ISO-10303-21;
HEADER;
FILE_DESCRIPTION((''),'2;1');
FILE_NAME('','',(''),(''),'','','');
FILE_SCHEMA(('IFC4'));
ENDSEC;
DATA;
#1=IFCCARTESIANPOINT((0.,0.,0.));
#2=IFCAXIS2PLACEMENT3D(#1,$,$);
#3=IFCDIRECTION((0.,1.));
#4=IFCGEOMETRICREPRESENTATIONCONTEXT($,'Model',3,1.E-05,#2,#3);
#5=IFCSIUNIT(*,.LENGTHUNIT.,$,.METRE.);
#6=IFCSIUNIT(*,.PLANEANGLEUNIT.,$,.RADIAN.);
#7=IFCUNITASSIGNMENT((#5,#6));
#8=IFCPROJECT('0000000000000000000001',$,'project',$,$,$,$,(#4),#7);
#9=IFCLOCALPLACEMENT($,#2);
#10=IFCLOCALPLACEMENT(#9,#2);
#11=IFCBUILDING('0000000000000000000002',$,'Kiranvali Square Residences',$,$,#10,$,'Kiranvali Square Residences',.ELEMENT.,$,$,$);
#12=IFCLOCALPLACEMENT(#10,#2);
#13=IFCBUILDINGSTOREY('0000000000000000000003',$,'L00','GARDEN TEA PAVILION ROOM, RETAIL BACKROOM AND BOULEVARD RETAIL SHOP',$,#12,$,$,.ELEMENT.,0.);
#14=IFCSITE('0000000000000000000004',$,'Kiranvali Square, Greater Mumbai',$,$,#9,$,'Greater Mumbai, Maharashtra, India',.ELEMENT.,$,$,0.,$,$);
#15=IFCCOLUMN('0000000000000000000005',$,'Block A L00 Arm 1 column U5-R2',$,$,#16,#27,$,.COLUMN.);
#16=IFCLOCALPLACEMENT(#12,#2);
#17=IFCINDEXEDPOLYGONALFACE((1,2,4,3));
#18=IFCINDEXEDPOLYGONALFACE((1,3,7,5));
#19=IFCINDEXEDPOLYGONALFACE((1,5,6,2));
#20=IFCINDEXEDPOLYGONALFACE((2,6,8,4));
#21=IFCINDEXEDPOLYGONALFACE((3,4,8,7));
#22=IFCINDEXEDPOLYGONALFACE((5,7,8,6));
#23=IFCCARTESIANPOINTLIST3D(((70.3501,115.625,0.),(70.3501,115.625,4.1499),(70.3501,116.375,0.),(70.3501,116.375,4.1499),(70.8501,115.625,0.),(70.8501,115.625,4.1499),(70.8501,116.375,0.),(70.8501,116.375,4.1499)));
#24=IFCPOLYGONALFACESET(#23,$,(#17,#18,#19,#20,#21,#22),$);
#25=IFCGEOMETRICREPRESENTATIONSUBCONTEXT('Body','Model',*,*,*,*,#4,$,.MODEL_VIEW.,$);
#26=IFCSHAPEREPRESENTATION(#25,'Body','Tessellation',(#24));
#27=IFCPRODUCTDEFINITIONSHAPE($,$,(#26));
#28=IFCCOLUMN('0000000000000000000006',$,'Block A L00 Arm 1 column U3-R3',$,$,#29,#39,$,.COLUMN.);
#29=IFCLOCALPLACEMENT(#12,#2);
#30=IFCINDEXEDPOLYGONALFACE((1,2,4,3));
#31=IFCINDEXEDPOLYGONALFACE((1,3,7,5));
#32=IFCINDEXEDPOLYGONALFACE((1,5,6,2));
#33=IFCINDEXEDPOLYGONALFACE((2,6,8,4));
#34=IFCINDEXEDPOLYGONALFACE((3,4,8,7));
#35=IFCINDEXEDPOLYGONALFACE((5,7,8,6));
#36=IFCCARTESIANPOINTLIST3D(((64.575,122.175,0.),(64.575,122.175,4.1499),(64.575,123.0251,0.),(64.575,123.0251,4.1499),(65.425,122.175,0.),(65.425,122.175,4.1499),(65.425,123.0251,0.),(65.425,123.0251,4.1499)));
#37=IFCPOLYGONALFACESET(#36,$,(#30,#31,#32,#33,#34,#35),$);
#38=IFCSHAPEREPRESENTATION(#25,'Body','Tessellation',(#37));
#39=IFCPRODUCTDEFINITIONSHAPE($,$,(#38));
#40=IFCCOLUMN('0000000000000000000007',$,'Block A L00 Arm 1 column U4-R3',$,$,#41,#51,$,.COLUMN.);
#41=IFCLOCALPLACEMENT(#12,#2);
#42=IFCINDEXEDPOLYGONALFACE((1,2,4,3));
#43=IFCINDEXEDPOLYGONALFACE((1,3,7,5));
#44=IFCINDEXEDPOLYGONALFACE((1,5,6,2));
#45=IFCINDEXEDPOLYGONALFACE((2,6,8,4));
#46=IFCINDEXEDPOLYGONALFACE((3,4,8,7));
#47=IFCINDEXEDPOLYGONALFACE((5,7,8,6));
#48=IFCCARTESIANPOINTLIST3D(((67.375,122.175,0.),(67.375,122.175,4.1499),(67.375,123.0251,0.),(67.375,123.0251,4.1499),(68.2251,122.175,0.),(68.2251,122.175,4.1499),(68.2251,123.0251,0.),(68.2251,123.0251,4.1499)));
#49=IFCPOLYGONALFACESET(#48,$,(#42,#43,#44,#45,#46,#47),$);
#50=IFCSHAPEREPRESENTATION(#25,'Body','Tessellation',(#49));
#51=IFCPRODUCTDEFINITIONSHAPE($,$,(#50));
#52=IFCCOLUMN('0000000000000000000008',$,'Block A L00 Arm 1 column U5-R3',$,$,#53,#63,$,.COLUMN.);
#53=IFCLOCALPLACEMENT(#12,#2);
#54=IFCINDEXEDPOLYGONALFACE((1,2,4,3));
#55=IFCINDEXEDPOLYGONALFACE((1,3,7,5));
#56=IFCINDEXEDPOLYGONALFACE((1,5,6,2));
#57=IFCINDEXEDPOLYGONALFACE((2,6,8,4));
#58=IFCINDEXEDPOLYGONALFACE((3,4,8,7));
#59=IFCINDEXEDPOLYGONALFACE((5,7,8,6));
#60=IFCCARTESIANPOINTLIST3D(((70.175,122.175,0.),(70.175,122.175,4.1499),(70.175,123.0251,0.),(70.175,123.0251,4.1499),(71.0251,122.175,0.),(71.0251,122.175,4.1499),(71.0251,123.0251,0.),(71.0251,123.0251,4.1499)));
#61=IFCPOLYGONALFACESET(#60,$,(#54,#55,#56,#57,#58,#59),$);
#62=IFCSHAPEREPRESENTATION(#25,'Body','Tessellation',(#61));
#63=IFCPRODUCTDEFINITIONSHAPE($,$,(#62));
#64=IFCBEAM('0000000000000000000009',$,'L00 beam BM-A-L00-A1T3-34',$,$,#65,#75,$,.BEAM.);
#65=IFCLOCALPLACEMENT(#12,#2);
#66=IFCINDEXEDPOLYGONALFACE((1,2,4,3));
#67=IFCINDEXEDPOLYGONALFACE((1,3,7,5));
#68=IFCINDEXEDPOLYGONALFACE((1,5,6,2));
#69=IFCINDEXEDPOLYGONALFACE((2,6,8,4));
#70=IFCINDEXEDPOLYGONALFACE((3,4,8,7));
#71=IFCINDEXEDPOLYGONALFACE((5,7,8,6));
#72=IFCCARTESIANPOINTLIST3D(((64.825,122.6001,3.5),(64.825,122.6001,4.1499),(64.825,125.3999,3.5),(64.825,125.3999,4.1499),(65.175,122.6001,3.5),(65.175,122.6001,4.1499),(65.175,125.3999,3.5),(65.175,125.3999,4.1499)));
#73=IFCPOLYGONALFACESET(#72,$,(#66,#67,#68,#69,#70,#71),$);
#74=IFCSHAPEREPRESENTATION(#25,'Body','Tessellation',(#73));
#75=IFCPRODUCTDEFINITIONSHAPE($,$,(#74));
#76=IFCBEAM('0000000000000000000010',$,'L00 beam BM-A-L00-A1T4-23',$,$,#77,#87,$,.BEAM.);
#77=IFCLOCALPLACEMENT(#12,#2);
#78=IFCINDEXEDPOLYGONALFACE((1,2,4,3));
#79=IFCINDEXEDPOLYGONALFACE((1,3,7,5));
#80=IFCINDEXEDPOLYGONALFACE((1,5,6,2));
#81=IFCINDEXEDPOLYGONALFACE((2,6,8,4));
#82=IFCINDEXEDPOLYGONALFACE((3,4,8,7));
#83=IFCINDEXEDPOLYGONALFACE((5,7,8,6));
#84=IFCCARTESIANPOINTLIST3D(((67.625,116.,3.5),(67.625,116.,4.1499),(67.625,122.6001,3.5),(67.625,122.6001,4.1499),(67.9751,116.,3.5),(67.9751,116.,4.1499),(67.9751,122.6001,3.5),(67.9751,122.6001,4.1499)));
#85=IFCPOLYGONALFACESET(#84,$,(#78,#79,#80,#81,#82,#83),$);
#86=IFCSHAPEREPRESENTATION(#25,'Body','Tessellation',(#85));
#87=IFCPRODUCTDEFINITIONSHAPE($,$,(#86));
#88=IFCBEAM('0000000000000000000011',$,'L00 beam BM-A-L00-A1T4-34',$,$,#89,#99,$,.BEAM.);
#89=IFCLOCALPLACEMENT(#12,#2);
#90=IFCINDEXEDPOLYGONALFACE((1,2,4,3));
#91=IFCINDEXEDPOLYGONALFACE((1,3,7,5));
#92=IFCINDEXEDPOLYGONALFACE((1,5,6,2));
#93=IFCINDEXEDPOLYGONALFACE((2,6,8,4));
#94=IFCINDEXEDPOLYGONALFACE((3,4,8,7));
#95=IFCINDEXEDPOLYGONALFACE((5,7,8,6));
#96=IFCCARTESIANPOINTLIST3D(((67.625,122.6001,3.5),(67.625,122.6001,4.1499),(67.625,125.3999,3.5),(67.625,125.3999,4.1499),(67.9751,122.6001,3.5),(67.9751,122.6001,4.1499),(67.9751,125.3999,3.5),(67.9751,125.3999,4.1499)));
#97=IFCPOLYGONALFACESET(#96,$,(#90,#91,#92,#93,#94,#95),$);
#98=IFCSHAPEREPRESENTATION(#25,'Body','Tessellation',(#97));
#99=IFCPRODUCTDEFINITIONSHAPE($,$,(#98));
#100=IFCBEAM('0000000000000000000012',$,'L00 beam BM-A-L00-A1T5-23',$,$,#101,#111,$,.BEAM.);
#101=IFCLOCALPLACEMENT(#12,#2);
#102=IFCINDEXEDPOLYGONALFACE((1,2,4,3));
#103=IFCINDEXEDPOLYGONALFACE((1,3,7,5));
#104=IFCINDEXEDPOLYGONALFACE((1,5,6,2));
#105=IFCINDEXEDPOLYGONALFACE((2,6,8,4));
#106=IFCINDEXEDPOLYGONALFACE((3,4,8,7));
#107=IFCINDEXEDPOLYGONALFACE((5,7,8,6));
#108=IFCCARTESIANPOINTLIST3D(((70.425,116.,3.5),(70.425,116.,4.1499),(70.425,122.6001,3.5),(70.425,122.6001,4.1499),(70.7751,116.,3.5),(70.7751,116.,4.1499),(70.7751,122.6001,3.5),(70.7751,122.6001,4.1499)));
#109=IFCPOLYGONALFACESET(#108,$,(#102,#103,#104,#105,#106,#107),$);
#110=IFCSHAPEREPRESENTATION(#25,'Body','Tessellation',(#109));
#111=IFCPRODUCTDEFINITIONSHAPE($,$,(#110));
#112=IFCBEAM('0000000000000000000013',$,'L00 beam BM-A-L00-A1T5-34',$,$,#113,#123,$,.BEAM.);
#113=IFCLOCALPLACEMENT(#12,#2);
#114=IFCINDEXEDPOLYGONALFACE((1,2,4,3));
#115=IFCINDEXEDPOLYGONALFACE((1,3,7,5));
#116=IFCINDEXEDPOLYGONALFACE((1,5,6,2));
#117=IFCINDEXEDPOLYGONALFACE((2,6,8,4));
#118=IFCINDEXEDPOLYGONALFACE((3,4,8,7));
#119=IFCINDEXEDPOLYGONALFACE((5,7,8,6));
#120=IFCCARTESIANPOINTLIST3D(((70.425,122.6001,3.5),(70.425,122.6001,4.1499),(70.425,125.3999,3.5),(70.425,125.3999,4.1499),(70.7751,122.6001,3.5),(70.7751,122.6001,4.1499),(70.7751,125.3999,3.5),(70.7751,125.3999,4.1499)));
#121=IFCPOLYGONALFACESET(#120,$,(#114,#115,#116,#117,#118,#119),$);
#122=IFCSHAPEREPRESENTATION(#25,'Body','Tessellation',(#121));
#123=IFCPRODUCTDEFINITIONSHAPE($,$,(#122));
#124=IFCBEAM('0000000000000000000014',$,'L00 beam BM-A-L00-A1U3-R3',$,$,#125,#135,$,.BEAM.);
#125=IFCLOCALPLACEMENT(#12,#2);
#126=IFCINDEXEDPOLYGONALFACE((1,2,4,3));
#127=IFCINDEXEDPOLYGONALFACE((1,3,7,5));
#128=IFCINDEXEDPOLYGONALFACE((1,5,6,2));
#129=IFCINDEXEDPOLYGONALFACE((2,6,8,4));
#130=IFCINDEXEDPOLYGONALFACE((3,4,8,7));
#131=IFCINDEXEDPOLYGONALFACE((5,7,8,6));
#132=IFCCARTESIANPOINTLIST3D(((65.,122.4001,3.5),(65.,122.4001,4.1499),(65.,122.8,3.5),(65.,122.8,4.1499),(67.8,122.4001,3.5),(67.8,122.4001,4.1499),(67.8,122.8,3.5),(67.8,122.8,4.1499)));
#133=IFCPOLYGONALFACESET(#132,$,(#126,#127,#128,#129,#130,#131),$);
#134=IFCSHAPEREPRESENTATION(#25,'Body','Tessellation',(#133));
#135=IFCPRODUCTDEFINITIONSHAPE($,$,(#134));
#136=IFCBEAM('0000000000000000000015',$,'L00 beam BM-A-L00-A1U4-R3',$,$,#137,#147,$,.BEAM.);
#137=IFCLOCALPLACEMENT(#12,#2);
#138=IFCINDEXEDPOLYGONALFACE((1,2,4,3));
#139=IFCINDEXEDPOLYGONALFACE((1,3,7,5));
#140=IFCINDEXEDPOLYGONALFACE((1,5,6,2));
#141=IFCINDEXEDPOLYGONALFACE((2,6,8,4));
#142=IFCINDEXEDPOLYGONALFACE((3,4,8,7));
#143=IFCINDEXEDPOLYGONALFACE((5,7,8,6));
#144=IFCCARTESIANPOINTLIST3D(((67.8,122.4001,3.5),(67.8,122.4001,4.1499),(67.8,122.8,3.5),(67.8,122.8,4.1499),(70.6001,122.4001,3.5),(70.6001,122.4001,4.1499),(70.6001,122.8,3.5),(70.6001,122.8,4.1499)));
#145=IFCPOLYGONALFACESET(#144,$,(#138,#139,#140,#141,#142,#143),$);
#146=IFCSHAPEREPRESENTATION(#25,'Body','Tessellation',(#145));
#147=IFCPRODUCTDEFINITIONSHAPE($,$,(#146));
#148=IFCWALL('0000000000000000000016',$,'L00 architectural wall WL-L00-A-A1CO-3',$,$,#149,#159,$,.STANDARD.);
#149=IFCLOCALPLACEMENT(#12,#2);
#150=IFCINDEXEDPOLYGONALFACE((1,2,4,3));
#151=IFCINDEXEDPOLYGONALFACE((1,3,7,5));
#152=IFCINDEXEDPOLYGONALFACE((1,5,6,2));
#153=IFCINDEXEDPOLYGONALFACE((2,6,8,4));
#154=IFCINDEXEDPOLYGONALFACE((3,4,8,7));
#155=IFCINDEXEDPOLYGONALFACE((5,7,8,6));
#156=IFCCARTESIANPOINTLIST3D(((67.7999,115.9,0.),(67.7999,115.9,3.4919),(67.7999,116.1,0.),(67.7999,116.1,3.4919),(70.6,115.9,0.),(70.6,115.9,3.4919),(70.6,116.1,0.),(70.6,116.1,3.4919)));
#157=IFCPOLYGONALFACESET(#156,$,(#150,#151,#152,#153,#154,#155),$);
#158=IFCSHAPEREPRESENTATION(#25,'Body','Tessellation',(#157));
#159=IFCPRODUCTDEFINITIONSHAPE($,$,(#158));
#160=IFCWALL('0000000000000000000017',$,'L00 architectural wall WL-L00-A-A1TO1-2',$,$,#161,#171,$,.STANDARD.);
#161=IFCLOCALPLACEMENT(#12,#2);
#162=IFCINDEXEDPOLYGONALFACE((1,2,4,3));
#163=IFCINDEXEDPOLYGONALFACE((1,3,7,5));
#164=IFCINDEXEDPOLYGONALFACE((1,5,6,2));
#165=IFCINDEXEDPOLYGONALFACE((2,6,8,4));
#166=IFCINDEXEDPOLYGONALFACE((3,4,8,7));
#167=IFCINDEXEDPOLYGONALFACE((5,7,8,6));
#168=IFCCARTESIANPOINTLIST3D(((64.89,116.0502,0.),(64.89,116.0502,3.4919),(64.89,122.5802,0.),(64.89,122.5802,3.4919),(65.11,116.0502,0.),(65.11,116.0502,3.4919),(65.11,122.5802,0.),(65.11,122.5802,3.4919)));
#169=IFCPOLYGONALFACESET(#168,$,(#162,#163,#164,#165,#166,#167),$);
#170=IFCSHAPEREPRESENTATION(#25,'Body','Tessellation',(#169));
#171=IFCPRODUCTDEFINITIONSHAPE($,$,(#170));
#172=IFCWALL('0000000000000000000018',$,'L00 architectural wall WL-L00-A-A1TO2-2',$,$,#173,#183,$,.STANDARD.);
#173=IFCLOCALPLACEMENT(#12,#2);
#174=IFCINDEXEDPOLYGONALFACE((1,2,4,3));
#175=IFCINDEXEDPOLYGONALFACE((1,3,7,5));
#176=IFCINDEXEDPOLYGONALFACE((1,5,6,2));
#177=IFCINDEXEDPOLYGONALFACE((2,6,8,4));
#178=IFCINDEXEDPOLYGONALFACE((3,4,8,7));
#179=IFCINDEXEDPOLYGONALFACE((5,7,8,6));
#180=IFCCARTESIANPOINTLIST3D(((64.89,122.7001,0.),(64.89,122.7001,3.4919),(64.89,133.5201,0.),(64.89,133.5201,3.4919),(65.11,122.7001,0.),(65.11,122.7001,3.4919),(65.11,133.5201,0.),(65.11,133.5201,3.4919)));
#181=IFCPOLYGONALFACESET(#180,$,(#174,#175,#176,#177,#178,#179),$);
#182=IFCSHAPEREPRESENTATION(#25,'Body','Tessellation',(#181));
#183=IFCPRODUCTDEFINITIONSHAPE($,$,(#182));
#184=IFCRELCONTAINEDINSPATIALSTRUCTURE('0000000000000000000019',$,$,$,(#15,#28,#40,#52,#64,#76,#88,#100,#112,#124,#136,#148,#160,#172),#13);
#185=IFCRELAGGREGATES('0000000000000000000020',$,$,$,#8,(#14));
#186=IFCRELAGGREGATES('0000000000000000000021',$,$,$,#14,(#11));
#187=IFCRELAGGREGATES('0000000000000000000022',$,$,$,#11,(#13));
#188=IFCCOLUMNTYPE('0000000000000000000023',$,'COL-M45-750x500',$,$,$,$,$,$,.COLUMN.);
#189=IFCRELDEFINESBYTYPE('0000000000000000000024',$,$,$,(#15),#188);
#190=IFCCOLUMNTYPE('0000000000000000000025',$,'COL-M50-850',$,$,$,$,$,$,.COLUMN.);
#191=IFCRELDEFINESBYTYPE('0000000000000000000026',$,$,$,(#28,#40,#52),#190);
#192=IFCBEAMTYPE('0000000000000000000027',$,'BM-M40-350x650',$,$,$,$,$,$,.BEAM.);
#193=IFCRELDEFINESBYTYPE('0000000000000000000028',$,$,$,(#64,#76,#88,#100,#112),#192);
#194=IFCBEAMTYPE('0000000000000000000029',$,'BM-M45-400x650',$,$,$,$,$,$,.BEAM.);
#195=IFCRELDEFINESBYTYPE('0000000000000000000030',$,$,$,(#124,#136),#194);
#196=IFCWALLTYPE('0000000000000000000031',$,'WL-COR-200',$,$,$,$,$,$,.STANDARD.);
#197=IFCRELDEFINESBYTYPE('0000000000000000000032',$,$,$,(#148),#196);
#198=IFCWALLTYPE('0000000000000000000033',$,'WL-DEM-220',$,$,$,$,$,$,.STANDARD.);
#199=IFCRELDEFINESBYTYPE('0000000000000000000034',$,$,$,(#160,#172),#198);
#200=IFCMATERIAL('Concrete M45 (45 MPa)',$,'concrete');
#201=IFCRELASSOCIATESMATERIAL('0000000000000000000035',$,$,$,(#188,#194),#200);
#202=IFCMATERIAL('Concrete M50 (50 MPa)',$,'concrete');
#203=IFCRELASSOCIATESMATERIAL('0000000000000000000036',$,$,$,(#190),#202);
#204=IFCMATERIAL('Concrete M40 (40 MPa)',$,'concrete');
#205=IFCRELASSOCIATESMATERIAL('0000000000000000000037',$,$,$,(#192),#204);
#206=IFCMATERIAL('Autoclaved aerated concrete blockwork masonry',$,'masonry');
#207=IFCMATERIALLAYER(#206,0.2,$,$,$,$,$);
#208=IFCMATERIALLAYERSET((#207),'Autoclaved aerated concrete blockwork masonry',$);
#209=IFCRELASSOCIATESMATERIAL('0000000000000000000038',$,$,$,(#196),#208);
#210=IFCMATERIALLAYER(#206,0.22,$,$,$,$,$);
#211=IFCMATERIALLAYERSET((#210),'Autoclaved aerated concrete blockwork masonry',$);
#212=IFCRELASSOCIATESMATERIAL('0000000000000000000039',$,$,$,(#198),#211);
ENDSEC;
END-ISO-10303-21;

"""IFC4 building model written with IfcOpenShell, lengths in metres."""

from ifc_helpers import new_model, si_unit, direction, frame, frame_2d, origin, origin_2d, place, context, subcontext, project, spatial, rectangle, extrude, material, layer, layer_set, material_profile, profile_set, type_object, element, save


model = new_model("IFC4")

# Units and contexts
model_context = context("Model", 3, precision=1e-05, world=origin(), true_north=direction((0.0, 1.0)))
body_context = subcontext(model_context, "Body", "Model", "MODEL_VIEW")
ifc_project = project(units=[si_unit("LENGTHUNIT", "METRE"), si_unit("PLANEANGLEUNIT", "RADIAN")], contexts=[model_context])

# Site, building, storey
site_placement = place(None, origin())
site = spatial("IfcSite", under=ifc_project, at=site_placement, Name="Kiranvali Square, Greater Mumbai", LongName="Greater Mumbai, Maharashtra, India", CompositionType="ELEMENT", RefElevation=0.0)
building_placement = place(site_placement, origin())
building = spatial("IfcBuilding", under=site, at=building_placement, Name="Kiranvali Square Residences", LongName="Kiranvali Square Residences", CompositionType="ELEMENT")
storey_placement = place(building_placement, origin())
storey = spatial("IfcBuildingStorey", under=building, at=storey_placement, Name="L00", Description="GARDEN TEA PAVILION ROOM, RETAIL BACKROOM AND BOULEVARD RETAIL SHOP", CompositionType="ELEMENT", Elevation=0.0)

# Columns
ifc_material_1 = material(Name="Concrete M45 (45 MPa)", Category="concrete")
ifc_material_profile_1 = material_profile(ifc_material_1, rectangle(XDim=0.5, YDim=0.75, at=origin_2d()), Name="RC 750x500")
ifc_profile_set_1 = profile_set([ifc_material_profile_1], Name="Concrete M45 (45 MPa)")
column_type_1 = type_object("IfcColumnType", Name="COL-M45-750x500", PredefinedType="COLUMN", material=ifc_profile_set_1)
column_placement = place(storey_placement, frame((70.6001, 116.0, 0.0), z_axis=(0.0, 0.0, 1.0), x_axis=(1.0, 0.0, 0.0)))
element("IfcColumn", 1, at=column_placement, inside=storey, type_object=column_type_1, Name="Block A L00 Arm 1 column U5-R2", PredefinedType="COLUMN", context=body_context, shape_type="SweptSolid", body=[
    extrude(rectangle(XDim=0.5, YDim=0.75, at=origin_2d()), origin(), (0.0, 0.0, 1.0), 4.1499),
])
ifc_material_2 = material(Name="Concrete M50 (50 MPa)", Category="concrete")
ifc_material_profile_2 = material_profile(ifc_material_2, rectangle(XDim=0.8501, YDim=0.8501, at=origin_2d()), Name="RC 850x850")
ifc_profile_set_2 = profile_set([ifc_material_profile_2], Name="Concrete M50 (50 MPa)")
column_type_2 = type_object("IfcColumnType", Name="COL-M50-850", PredefinedType="COLUMN", material=ifc_profile_set_2)
for number, where, z_axis, x_axis, name in (
    (2, (65.0, 122.6001, 0.0), (0.0, 0.0, 1.0), (1.0, 0.0, 0.0), "Block A L00 Arm 1 column U3-R3"),
    (3, (67.8, 122.6001, 0.0), (0.0, 0.0, 1.0), (1.0, 0.0, 0.0), "Block A L00 Arm 1 column U4-R3"),
    (4, (70.6001, 122.6001, 0.0), (0.0, 0.0, 1.0), (1.0, 0.0, 0.0), "Block A L00 Arm 1 column U5-R3"),
):
    element("IfcColumn", number, at=place(storey_placement, frame(where, z_axis=z_axis, x_axis=x_axis)), inside=storey, type_object=column_type_2, Name=name, PredefinedType="COLUMN", context=body_context, shape_type="SweptSolid", body=[
        extrude(rectangle(XDim=0.8501, YDim=0.8501, at=origin_2d()), origin(), (0.0, 0.0, 1.0), 4.1499),
    ])

# Beams
ifc_material_3 = material(Name="Concrete M40 (40 MPa)", Category="concrete")
ifc_material_profile_3 = material_profile(ifc_material_3, rectangle(XDim=0.3501, YDim=0.6499, at=origin_2d()), Name="RC 350x650")
ifc_profile_set_3 = profile_set([ifc_material_profile_3], Name="Concrete M40 (40 MPa)")
beam_type_1 = type_object("IfcBeamType", Name="BM-M40-350x650", PredefinedType="BEAM", material=ifc_profile_set_3)
beam_1_placement = place(storey_placement, frame((65.0, 122.6001, 3.825), z_axis=(0.0, 1.0, 0.0), x_axis=(-1.0, 0.0, 0.0)))
element("IfcBeam", 5, at=beam_1_placement, inside=storey, type_object=beam_type_1, Name="L00 beam BM-A-L00-A1T3-34", PredefinedType="BEAM", context=body_context, shape_type="SweptSolid", body=[
    extrude(rectangle(XDim=0.3501, YDim=0.6499, at=origin_2d()), origin(), (0.0, 0.0, 1.0), 2.7998),
])
beam_2_placement = place(storey_placement, frame((67.8, 116.0, 3.825), z_axis=(0.0, 1.0, 0.0), x_axis=(-1.0, 0.0, 0.0)))
element("IfcBeam", 6, at=beam_2_placement, inside=storey, type_object=beam_type_1, Name="L00 beam BM-A-L00-A1T4-23", PredefinedType="BEAM", context=body_context, shape_type="SweptSolid", body=[
    extrude(rectangle(XDim=0.3501, YDim=0.6499, at=origin_2d()), origin(), (0.0, 0.0, 1.0), 6.6001),
])
beam_3_placement = place(storey_placement, frame((67.8, 122.6001, 3.825), z_axis=(0.0, 1.0, 0.0), x_axis=(-1.0, 0.0, 0.0)))
element("IfcBeam", 7, at=beam_3_placement, inside=storey, type_object=beam_type_1, Name="L00 beam BM-A-L00-A1T4-34", PredefinedType="BEAM", context=body_context, shape_type="SweptSolid", body=[
    extrude(rectangle(XDim=0.3501, YDim=0.6499, at=origin_2d()), origin(), (0.0, 0.0, 1.0), 2.7998),
])
beam_4_placement = place(storey_placement, frame((70.6001, 116.0, 3.825), z_axis=(0.0, 1.0, 0.0), x_axis=(-1.0, 0.0, 0.0)))
element("IfcBeam", 8, at=beam_4_placement, inside=storey, type_object=beam_type_1, Name="L00 beam BM-A-L00-A1T5-23", PredefinedType="BEAM", context=body_context, shape_type="SweptSolid", body=[
    extrude(rectangle(XDim=0.3501, YDim=0.6499, at=origin_2d()), origin(), (0.0, 0.0, 1.0), 6.6001),
])
beam_5_placement = place(storey_placement, frame((70.6001, 122.6001, 3.825), z_axis=(0.0, 1.0, 0.0), x_axis=(-1.0, 0.0, 0.0)))
element("IfcBeam", 9, at=beam_5_placement, inside=storey, type_object=beam_type_1, Name="L00 beam BM-A-L00-A1T5-34", PredefinedType="BEAM", context=body_context, shape_type="SweptSolid", body=[
    extrude(rectangle(XDim=0.3501, YDim=0.6499, at=origin_2d()), origin(), (0.0, 0.0, 1.0), 2.7998),
])
ifc_material_profile_4 = material_profile(ifc_material_1, rectangle(XDim=0.3999, YDim=0.6499, at=origin_2d()), Name="RC 400x650")
ifc_profile_set_4 = profile_set([ifc_material_profile_4], Name="Concrete M45 (45 MPa)")
beam_type_2 = type_object("IfcBeamType", Name="BM-M45-400x650", PredefinedType="BEAM", material=ifc_profile_set_4)
for number, where, z_axis, x_axis, name in (
    (10, (65.0, 122.6001, 3.825), (1.0, 0.0, 0.0), (0.0, 1.0, 0.0), "L00 beam BM-A-L00-A1U3-R3"),
    (11, (67.8, 122.6001, 3.825), (1.0, 0.0, 0.0), (0.0, 1.0, 0.0), "L00 beam BM-A-L00-A1U4-R3"),
):
    element("IfcBeam", number, at=place(storey_placement, frame(where, z_axis=z_axis, x_axis=x_axis)), inside=storey, type_object=beam_type_2, Name=name, PredefinedType="BEAM", context=body_context, shape_type="SweptSolid", body=[
        extrude(rectangle(XDim=0.3999, YDim=0.6499, at=origin_2d()), origin(), (0.0, 0.0, 1.0), 2.8),
    ])

# Walls
ifc_material_4 = material(Name="Autoclaved aerated concrete blockwork masonry", Category="masonry")
ifc_layer_1 = layer(ifc_material_4, 0.2)
ifc_layer_set_1 = layer_set([ifc_layer_1], Name="Autoclaved aerated concrete blockwork masonry")
wall_type_1 = type_object("IfcWallType", Name="WL-COR-200", PredefinedType="STANDARD", material=ifc_layer_set_1)
wall_1_placement = place(storey_placement, frame((67.8, 116.0, 0.0), z_axis=(0.0, 0.0, 1.0), x_axis=(1.0, 0.0, 0.0)))
element("IfcWall", 12, at=wall_1_placement, inside=storey, type_object=wall_type_1, Name="L00 architectural wall WL-L00-A-A1CO-3", PredefinedType="STANDARD", context=body_context, shape_type="SweptSolid", body=[
    extrude(rectangle(XDim=2.8, YDim=0.2, at=frame_2d((1.3999, 0.0))), origin(), (0.0, 0.0, 1.0), 3.4919),
])
ifc_layer_2 = layer(ifc_material_4, 0.22)
ifc_layer_set_2 = layer_set([ifc_layer_2], Name="Autoclaved aerated concrete blockwork masonry")
wall_type_2 = type_object("IfcWallType", Name="WL-DEM-220", PredefinedType="STANDARD", material=ifc_layer_set_2)
wall_2_placement = place(storey_placement, frame((65.0, 116.05, 0.0), z_axis=(0.0, 0.0, 1.0), x_axis=(0.0, 1.0, 0.0)))
element("IfcWall", 13, at=wall_2_placement, inside=storey, type_object=wall_type_2, Name="L00 architectural wall WL-L00-A-A1TO1-2", PredefinedType="STANDARD", context=body_context, shape_type="SweptSolid", body=[
    extrude(rectangle(XDim=6.53, YDim=0.22, at=frame_2d((3.2651, 0.0))), origin(), (0.0, 0.0, 1.0), 3.4919),
])
wall_3_placement = place(storey_placement, frame((65.0, 122.7, 0.0), z_axis=(0.0, 0.0, 1.0), x_axis=(0.0, 1.0, 0.0)))
element("IfcWall", 14, at=wall_3_placement, inside=storey, type_object=wall_type_2, Name="L00 architectural wall WL-L00-A-A1TO2-2", PredefinedType="STANDARD", context=body_context, shape_type="SweptSolid", body=[
    extrude(rectangle(XDim=10.8201, YDim=0.22, at=frame_2d((5.4102, 0.0))), origin(), (0.0, 0.0, 1.0), 3.4919),
])

save(model, "model.ifc")
